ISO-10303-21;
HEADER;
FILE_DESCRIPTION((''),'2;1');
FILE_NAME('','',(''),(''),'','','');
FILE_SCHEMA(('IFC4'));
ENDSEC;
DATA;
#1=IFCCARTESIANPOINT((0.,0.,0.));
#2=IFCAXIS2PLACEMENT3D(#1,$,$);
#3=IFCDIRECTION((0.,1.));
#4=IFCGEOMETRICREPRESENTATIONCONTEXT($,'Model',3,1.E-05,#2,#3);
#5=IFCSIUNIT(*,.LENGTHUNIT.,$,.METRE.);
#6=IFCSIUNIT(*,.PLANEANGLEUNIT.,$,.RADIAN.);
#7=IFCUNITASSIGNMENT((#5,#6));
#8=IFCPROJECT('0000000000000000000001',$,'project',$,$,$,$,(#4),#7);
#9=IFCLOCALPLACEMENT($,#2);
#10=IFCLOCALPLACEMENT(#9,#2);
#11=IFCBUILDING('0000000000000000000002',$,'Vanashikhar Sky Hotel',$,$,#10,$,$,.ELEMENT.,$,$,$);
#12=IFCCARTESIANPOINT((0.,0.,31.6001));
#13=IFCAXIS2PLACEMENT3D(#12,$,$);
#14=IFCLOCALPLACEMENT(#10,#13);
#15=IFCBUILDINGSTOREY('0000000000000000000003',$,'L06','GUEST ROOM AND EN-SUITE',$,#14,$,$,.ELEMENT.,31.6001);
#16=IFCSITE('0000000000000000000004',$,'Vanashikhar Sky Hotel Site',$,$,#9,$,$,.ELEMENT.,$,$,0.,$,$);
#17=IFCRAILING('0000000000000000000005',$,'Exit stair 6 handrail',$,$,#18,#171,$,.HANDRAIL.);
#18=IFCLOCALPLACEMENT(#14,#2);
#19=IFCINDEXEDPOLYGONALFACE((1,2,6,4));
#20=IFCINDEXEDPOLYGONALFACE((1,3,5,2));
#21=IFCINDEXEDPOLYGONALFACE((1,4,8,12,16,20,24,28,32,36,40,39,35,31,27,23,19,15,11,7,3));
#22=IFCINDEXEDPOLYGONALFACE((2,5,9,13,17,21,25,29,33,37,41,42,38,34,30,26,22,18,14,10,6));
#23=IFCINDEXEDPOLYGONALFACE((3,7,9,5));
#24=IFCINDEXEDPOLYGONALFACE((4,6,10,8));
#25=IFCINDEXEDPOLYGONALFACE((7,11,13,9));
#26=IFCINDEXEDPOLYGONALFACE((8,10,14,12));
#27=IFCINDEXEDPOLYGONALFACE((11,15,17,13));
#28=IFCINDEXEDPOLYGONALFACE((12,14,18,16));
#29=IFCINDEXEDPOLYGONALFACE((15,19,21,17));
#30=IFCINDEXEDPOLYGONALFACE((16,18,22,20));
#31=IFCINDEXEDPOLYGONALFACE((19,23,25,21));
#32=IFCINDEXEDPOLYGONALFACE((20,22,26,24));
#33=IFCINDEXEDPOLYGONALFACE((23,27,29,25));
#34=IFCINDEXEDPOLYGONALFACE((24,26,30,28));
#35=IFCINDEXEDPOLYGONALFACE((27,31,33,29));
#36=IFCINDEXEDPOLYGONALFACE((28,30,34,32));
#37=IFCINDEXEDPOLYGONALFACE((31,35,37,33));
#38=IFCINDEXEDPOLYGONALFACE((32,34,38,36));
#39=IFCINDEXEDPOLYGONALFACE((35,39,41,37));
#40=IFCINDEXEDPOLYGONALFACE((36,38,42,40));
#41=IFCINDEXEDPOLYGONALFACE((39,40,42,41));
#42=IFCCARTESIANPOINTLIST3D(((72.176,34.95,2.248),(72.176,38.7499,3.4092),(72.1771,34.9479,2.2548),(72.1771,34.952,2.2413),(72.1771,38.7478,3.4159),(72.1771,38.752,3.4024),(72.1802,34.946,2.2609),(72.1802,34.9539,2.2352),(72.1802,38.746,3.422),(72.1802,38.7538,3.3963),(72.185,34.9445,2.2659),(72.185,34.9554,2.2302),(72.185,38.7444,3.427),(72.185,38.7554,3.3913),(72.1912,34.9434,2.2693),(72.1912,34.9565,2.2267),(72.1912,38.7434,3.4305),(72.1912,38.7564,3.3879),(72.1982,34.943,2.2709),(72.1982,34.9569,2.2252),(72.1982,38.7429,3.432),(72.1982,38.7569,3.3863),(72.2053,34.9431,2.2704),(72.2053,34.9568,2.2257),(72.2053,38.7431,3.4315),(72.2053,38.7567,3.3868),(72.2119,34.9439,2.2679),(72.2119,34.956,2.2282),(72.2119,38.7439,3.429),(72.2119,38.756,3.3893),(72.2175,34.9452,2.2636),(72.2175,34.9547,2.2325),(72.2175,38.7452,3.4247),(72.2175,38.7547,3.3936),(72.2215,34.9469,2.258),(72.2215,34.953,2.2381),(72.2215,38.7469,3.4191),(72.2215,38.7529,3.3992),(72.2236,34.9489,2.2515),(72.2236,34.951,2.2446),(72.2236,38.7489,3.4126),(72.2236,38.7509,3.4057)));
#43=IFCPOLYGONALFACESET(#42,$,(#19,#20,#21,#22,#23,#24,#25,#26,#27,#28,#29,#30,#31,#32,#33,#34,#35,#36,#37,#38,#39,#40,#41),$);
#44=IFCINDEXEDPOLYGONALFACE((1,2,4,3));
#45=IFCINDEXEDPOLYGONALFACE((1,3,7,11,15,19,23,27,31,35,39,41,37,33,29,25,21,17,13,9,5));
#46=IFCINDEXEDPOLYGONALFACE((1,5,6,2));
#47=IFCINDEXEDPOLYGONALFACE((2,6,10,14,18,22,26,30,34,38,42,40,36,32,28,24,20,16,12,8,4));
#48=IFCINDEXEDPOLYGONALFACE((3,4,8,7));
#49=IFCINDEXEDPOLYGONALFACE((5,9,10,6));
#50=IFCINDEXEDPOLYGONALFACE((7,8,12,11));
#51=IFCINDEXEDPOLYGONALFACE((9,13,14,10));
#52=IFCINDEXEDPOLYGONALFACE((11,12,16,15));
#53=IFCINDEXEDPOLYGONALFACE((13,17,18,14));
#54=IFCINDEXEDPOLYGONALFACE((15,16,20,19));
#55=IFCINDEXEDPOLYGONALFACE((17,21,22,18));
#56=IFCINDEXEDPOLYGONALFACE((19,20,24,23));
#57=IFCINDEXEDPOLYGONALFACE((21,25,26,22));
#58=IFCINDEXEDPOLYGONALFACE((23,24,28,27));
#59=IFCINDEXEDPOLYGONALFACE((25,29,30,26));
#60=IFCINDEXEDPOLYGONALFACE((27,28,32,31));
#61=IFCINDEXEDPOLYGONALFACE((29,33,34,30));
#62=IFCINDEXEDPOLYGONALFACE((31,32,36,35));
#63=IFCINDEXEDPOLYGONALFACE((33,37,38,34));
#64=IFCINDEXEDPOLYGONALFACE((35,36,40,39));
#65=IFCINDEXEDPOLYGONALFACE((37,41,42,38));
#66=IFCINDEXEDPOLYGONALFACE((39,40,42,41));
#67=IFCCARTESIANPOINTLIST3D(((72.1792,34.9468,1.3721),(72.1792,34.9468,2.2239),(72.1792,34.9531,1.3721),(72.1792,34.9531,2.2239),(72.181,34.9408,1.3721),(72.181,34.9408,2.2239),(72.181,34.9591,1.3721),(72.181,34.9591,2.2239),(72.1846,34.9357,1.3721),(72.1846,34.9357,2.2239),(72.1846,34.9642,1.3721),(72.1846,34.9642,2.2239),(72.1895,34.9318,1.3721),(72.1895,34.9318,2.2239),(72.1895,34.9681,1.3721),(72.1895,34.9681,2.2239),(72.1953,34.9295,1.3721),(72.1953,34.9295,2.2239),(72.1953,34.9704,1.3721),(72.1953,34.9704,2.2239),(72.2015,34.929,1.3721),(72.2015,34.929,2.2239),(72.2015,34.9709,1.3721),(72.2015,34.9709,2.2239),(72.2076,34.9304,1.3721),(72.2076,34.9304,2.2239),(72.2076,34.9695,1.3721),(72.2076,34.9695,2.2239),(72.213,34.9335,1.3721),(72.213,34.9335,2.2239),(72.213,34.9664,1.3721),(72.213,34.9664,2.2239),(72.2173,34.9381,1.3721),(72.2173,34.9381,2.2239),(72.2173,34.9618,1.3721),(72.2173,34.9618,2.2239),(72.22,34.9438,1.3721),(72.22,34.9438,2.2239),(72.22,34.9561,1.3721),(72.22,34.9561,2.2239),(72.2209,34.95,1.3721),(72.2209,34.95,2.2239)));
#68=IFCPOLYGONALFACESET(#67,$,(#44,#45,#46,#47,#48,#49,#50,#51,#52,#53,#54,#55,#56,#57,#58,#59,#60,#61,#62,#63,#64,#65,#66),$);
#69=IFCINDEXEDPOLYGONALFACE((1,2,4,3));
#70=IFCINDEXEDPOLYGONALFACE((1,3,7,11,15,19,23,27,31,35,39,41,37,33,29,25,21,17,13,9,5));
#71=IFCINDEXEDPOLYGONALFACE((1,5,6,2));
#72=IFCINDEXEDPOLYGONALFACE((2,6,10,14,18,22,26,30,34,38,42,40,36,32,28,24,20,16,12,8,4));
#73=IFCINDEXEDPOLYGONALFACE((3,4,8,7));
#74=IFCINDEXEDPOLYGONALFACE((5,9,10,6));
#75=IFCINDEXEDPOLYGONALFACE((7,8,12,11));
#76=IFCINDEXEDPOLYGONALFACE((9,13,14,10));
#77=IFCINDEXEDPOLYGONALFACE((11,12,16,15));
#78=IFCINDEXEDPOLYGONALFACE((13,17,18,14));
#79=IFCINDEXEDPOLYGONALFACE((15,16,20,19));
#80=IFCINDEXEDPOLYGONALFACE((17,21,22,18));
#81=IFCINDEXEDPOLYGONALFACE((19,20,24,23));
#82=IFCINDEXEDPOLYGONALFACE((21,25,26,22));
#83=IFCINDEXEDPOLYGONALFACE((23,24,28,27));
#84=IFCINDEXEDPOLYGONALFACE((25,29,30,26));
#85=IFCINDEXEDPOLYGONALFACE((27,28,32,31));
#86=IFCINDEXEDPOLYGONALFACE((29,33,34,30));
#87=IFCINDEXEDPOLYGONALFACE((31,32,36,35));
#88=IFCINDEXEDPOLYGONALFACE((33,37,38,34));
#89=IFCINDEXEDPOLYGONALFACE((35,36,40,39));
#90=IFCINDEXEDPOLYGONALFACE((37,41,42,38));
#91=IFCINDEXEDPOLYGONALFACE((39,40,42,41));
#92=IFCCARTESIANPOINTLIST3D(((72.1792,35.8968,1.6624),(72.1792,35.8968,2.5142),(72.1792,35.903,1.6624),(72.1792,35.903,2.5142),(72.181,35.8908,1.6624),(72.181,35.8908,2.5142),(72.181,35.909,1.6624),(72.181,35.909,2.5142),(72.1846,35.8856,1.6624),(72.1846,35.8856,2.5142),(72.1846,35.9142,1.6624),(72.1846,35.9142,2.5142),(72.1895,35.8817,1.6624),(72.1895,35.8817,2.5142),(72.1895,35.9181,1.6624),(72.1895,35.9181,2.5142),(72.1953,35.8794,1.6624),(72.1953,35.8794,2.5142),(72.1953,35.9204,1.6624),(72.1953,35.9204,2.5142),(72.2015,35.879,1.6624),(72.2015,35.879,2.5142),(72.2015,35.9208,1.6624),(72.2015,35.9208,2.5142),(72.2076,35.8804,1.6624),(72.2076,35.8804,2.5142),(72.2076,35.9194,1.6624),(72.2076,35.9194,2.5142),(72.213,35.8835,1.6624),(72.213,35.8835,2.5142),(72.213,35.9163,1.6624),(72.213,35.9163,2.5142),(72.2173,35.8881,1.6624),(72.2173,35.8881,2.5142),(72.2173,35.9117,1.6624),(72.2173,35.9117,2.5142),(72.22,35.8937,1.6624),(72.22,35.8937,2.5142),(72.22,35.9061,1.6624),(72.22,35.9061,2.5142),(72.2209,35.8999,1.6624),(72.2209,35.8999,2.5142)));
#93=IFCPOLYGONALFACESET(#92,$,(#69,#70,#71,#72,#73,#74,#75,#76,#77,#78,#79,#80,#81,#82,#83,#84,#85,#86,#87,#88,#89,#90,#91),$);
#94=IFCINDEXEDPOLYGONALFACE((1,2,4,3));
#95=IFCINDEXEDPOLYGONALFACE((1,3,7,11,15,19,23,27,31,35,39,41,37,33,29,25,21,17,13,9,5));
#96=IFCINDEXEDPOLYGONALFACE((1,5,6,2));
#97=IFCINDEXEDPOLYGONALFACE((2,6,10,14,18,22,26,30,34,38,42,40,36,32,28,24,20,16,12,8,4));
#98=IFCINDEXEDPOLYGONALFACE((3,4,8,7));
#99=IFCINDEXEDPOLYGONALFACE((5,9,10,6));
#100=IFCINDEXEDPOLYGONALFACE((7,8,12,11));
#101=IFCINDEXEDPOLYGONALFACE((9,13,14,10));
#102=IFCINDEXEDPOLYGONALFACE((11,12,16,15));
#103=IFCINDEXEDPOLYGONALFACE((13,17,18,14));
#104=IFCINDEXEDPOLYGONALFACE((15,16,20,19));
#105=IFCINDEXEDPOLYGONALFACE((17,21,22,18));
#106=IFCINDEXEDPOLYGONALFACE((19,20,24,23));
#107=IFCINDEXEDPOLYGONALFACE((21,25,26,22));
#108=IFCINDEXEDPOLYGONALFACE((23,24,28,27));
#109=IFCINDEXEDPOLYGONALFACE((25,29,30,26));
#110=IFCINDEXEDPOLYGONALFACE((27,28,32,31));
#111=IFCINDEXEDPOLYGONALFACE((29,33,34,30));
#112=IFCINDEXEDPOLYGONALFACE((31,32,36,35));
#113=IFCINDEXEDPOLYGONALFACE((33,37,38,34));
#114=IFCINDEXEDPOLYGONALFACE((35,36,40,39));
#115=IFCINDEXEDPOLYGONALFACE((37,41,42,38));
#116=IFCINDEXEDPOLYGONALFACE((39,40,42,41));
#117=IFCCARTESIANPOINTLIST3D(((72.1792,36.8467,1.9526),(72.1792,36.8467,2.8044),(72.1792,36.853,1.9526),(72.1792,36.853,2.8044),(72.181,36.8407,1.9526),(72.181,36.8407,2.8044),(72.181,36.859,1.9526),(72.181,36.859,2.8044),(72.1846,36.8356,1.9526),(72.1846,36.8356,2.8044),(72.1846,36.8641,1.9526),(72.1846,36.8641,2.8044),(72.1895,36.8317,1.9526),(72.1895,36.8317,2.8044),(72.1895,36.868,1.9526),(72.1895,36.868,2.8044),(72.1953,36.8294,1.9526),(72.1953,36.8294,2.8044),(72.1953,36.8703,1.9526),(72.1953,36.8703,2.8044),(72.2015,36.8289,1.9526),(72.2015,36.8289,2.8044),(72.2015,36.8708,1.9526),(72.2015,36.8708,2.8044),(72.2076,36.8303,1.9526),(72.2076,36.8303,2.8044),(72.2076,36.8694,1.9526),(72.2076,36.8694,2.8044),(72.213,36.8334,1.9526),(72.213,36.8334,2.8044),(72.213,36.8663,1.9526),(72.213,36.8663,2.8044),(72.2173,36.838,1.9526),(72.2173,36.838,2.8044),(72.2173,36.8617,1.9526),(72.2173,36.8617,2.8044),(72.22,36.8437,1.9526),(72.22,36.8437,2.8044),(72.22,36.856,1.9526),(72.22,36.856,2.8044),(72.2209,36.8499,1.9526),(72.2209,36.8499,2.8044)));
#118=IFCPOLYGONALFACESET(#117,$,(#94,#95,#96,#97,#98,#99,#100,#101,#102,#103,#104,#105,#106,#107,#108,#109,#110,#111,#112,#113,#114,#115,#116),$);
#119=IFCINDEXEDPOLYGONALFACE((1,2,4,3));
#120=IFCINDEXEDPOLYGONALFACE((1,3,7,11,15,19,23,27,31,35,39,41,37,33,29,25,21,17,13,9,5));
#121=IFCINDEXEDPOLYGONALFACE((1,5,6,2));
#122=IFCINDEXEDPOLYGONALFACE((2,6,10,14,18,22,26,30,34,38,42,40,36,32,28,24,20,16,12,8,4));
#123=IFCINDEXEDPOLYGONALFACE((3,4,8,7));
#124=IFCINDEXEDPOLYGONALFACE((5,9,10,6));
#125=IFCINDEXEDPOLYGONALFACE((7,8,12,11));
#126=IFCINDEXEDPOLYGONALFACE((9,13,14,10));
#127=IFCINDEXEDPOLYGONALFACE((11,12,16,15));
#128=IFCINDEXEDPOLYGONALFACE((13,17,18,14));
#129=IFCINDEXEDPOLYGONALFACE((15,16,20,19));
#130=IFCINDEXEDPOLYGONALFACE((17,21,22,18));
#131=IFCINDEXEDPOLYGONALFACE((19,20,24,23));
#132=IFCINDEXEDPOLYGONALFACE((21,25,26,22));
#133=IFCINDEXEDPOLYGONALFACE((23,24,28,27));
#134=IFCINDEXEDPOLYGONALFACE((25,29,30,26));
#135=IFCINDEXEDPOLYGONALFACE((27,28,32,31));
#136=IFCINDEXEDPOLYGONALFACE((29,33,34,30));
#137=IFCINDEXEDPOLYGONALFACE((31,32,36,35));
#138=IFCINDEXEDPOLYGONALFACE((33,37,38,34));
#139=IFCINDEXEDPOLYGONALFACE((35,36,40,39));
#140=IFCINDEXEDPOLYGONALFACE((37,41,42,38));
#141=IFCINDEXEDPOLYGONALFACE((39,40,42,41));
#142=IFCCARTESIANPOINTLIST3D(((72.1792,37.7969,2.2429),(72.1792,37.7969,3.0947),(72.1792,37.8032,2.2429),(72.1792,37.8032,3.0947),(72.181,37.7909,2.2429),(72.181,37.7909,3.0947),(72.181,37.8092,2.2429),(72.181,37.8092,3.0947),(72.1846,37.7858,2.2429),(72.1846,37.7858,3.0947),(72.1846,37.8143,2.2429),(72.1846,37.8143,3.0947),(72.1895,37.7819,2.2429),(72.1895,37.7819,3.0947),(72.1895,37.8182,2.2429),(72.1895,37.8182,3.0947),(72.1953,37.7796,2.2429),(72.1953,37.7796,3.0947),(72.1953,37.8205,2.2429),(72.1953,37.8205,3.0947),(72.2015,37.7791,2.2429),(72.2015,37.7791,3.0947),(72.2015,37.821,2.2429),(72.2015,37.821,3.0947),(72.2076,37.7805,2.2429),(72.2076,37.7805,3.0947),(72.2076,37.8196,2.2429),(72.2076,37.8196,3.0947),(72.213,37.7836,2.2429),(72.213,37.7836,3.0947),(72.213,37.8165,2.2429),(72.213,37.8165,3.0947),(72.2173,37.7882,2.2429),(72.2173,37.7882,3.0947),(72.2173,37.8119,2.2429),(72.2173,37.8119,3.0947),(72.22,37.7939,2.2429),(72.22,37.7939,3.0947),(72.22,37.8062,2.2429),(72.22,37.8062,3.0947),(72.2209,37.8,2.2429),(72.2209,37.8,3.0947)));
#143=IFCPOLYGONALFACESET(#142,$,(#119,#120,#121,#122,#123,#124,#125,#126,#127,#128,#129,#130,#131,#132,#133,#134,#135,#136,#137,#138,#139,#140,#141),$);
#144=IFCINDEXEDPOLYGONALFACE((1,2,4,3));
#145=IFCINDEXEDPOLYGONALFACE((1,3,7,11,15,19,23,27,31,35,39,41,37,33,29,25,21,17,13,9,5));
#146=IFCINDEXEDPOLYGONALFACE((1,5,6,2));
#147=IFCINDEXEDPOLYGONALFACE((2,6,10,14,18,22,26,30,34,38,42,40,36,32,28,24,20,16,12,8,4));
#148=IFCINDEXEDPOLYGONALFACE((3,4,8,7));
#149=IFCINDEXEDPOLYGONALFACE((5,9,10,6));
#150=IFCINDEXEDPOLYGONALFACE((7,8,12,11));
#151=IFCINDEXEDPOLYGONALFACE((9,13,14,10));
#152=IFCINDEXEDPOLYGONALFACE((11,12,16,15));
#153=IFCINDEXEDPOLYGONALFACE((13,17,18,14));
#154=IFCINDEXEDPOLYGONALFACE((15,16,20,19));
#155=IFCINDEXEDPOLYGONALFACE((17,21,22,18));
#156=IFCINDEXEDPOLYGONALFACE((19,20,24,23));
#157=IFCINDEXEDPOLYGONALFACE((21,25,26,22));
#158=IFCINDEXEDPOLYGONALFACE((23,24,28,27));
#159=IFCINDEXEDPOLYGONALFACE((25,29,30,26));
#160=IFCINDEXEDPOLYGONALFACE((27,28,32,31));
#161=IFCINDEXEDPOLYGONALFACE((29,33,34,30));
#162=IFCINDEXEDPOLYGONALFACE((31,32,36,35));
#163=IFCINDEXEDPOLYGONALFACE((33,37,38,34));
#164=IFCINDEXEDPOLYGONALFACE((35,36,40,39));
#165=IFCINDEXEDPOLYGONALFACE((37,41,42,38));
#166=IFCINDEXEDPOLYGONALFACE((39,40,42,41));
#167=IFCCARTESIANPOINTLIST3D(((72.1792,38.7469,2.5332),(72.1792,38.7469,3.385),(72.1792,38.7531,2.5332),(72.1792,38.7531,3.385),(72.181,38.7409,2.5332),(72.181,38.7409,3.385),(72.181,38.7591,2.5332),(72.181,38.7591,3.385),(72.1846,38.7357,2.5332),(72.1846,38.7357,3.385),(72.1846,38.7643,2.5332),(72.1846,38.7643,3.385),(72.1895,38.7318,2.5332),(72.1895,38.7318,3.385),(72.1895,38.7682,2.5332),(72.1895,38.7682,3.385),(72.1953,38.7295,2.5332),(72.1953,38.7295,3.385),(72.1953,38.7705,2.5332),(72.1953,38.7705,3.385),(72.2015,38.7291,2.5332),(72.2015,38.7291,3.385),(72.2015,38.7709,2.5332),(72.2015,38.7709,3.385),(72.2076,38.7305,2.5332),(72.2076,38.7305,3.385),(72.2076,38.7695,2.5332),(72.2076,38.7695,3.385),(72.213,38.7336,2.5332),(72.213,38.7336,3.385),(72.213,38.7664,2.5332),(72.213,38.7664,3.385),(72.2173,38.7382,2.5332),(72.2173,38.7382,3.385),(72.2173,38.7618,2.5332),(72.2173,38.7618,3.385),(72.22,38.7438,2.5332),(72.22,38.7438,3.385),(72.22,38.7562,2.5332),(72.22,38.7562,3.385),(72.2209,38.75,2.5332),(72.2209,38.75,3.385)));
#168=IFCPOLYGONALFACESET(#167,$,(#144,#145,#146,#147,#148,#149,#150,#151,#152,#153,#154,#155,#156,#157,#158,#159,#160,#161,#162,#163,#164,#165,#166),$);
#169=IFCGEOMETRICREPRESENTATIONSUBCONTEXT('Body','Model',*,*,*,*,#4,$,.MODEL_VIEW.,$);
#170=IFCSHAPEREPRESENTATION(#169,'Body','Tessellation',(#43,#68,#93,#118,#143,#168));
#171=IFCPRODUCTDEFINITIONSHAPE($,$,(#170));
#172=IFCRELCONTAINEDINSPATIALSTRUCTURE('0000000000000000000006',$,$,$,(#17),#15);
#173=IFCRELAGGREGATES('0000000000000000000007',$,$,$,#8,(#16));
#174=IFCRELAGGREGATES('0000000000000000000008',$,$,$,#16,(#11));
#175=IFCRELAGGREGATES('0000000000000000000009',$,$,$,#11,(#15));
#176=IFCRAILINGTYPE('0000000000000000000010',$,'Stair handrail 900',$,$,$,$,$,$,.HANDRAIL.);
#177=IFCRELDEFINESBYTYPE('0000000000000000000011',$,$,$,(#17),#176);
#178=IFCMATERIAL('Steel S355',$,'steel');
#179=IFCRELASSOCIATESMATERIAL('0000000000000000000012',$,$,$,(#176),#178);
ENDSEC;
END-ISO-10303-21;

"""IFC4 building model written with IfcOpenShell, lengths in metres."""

from ifc_helpers import new_model, si_unit, direction, frame, origin, origin_2d, place, context, subcontext, project, spatial, circle, extrude, source, transform, mapped, material, type_object, element, save


model = new_model("IFC4")

# Units and contexts
model_context = context("Model", 3, precision=1e-05, world=origin(), true_north=direction((0.0, 1.0)))
body_context = subcontext(model_context, "Body", "Model", "MODEL_VIEW")
ifc_project = project(units=[si_unit("LENGTHUNIT", "METRE"), si_unit("PLANEANGLEUNIT", "RADIAN")], contexts=[model_context])

# Site, building, storey
site_placement = place(None, origin())
site = spatial("IfcSite", under=ifc_project, at=site_placement, Name="Vanashikhar Sky Hotel Site", CompositionType="ELEMENT", RefElevation=0.0)
building_placement = place(site_placement, origin())
building = spatial("IfcBuilding", under=site, at=building_placement, Name="Vanashikhar Sky Hotel", CompositionType="ELEMENT")
storey_placement = place(building_placement, frame((0.0, 0.0, 31.6001)))
storey = spatial("IfcBuildingStorey", under=building, at=storey_placement, Name="L06", Description="GUEST ROOM AND EN-SUITE", CompositionType="ELEMENT", Elevation=31.6001)

# Railing
ifc_material_1 = material(Name="Steel S355", Category="steel")
railing_type_1 = type_object("IfcRailingType", Name="Stair handrail 900", PredefinedType="HANDRAIL", material=ifc_material_1)
shared_shape_1 = source(origin(), body_context, "Body", "SweptSolid", [
    extrude(circle(Radius=0.0239, at=origin_2d()), frame((0.0, 0.0, 0.876), z_axis=(0.0, 0.956351, 0.29222), x_axis=(-1.0, 0.0, 0.0)), (0.0, 0.0, 1.0), 3.9734),
    extrude(circle(Radius=0.021, at=origin_2d()), origin(), (0.0, 0.0, 1.0), 0.8518),
    extrude(circle(Radius=0.021, at=origin_2d()), frame((0.0, 0.95, 0.2903)), (0.0, 0.0, 1.0), 0.8518),
    extrude(circle(Radius=0.021, at=origin_2d()), frame((0.0, 1.8999, 0.5806)), (0.0, 0.0, 1.0), 0.8518),
    extrude(circle(Radius=0.021, at=origin_2d()), frame((0.0, 2.8501, 0.8708)), (0.0, 0.0, 1.0), 0.8518),
    extrude(circle(Radius=0.021, at=origin_2d()), frame((0.0, 3.8, 1.1611)), (0.0, 0.0, 1.0), 0.8518),
])
for number, where, name in (
    (1, (72.2, 34.95, 1.3721), "Exit stair 6 handrail"),
):
    element("IfcRailing", number, at=place(storey_placement, frame(where)), inside=storey, type_object=railing_type_1, Name=name, PredefinedType="HANDRAIL", context=body_context, shape_type="MappedRepresentation", body=[
        mapped(shared_shape_1, transform((0.0, 0.0, 0.0), scale=1.0)),
    ])

save(model, "model.ifc")
